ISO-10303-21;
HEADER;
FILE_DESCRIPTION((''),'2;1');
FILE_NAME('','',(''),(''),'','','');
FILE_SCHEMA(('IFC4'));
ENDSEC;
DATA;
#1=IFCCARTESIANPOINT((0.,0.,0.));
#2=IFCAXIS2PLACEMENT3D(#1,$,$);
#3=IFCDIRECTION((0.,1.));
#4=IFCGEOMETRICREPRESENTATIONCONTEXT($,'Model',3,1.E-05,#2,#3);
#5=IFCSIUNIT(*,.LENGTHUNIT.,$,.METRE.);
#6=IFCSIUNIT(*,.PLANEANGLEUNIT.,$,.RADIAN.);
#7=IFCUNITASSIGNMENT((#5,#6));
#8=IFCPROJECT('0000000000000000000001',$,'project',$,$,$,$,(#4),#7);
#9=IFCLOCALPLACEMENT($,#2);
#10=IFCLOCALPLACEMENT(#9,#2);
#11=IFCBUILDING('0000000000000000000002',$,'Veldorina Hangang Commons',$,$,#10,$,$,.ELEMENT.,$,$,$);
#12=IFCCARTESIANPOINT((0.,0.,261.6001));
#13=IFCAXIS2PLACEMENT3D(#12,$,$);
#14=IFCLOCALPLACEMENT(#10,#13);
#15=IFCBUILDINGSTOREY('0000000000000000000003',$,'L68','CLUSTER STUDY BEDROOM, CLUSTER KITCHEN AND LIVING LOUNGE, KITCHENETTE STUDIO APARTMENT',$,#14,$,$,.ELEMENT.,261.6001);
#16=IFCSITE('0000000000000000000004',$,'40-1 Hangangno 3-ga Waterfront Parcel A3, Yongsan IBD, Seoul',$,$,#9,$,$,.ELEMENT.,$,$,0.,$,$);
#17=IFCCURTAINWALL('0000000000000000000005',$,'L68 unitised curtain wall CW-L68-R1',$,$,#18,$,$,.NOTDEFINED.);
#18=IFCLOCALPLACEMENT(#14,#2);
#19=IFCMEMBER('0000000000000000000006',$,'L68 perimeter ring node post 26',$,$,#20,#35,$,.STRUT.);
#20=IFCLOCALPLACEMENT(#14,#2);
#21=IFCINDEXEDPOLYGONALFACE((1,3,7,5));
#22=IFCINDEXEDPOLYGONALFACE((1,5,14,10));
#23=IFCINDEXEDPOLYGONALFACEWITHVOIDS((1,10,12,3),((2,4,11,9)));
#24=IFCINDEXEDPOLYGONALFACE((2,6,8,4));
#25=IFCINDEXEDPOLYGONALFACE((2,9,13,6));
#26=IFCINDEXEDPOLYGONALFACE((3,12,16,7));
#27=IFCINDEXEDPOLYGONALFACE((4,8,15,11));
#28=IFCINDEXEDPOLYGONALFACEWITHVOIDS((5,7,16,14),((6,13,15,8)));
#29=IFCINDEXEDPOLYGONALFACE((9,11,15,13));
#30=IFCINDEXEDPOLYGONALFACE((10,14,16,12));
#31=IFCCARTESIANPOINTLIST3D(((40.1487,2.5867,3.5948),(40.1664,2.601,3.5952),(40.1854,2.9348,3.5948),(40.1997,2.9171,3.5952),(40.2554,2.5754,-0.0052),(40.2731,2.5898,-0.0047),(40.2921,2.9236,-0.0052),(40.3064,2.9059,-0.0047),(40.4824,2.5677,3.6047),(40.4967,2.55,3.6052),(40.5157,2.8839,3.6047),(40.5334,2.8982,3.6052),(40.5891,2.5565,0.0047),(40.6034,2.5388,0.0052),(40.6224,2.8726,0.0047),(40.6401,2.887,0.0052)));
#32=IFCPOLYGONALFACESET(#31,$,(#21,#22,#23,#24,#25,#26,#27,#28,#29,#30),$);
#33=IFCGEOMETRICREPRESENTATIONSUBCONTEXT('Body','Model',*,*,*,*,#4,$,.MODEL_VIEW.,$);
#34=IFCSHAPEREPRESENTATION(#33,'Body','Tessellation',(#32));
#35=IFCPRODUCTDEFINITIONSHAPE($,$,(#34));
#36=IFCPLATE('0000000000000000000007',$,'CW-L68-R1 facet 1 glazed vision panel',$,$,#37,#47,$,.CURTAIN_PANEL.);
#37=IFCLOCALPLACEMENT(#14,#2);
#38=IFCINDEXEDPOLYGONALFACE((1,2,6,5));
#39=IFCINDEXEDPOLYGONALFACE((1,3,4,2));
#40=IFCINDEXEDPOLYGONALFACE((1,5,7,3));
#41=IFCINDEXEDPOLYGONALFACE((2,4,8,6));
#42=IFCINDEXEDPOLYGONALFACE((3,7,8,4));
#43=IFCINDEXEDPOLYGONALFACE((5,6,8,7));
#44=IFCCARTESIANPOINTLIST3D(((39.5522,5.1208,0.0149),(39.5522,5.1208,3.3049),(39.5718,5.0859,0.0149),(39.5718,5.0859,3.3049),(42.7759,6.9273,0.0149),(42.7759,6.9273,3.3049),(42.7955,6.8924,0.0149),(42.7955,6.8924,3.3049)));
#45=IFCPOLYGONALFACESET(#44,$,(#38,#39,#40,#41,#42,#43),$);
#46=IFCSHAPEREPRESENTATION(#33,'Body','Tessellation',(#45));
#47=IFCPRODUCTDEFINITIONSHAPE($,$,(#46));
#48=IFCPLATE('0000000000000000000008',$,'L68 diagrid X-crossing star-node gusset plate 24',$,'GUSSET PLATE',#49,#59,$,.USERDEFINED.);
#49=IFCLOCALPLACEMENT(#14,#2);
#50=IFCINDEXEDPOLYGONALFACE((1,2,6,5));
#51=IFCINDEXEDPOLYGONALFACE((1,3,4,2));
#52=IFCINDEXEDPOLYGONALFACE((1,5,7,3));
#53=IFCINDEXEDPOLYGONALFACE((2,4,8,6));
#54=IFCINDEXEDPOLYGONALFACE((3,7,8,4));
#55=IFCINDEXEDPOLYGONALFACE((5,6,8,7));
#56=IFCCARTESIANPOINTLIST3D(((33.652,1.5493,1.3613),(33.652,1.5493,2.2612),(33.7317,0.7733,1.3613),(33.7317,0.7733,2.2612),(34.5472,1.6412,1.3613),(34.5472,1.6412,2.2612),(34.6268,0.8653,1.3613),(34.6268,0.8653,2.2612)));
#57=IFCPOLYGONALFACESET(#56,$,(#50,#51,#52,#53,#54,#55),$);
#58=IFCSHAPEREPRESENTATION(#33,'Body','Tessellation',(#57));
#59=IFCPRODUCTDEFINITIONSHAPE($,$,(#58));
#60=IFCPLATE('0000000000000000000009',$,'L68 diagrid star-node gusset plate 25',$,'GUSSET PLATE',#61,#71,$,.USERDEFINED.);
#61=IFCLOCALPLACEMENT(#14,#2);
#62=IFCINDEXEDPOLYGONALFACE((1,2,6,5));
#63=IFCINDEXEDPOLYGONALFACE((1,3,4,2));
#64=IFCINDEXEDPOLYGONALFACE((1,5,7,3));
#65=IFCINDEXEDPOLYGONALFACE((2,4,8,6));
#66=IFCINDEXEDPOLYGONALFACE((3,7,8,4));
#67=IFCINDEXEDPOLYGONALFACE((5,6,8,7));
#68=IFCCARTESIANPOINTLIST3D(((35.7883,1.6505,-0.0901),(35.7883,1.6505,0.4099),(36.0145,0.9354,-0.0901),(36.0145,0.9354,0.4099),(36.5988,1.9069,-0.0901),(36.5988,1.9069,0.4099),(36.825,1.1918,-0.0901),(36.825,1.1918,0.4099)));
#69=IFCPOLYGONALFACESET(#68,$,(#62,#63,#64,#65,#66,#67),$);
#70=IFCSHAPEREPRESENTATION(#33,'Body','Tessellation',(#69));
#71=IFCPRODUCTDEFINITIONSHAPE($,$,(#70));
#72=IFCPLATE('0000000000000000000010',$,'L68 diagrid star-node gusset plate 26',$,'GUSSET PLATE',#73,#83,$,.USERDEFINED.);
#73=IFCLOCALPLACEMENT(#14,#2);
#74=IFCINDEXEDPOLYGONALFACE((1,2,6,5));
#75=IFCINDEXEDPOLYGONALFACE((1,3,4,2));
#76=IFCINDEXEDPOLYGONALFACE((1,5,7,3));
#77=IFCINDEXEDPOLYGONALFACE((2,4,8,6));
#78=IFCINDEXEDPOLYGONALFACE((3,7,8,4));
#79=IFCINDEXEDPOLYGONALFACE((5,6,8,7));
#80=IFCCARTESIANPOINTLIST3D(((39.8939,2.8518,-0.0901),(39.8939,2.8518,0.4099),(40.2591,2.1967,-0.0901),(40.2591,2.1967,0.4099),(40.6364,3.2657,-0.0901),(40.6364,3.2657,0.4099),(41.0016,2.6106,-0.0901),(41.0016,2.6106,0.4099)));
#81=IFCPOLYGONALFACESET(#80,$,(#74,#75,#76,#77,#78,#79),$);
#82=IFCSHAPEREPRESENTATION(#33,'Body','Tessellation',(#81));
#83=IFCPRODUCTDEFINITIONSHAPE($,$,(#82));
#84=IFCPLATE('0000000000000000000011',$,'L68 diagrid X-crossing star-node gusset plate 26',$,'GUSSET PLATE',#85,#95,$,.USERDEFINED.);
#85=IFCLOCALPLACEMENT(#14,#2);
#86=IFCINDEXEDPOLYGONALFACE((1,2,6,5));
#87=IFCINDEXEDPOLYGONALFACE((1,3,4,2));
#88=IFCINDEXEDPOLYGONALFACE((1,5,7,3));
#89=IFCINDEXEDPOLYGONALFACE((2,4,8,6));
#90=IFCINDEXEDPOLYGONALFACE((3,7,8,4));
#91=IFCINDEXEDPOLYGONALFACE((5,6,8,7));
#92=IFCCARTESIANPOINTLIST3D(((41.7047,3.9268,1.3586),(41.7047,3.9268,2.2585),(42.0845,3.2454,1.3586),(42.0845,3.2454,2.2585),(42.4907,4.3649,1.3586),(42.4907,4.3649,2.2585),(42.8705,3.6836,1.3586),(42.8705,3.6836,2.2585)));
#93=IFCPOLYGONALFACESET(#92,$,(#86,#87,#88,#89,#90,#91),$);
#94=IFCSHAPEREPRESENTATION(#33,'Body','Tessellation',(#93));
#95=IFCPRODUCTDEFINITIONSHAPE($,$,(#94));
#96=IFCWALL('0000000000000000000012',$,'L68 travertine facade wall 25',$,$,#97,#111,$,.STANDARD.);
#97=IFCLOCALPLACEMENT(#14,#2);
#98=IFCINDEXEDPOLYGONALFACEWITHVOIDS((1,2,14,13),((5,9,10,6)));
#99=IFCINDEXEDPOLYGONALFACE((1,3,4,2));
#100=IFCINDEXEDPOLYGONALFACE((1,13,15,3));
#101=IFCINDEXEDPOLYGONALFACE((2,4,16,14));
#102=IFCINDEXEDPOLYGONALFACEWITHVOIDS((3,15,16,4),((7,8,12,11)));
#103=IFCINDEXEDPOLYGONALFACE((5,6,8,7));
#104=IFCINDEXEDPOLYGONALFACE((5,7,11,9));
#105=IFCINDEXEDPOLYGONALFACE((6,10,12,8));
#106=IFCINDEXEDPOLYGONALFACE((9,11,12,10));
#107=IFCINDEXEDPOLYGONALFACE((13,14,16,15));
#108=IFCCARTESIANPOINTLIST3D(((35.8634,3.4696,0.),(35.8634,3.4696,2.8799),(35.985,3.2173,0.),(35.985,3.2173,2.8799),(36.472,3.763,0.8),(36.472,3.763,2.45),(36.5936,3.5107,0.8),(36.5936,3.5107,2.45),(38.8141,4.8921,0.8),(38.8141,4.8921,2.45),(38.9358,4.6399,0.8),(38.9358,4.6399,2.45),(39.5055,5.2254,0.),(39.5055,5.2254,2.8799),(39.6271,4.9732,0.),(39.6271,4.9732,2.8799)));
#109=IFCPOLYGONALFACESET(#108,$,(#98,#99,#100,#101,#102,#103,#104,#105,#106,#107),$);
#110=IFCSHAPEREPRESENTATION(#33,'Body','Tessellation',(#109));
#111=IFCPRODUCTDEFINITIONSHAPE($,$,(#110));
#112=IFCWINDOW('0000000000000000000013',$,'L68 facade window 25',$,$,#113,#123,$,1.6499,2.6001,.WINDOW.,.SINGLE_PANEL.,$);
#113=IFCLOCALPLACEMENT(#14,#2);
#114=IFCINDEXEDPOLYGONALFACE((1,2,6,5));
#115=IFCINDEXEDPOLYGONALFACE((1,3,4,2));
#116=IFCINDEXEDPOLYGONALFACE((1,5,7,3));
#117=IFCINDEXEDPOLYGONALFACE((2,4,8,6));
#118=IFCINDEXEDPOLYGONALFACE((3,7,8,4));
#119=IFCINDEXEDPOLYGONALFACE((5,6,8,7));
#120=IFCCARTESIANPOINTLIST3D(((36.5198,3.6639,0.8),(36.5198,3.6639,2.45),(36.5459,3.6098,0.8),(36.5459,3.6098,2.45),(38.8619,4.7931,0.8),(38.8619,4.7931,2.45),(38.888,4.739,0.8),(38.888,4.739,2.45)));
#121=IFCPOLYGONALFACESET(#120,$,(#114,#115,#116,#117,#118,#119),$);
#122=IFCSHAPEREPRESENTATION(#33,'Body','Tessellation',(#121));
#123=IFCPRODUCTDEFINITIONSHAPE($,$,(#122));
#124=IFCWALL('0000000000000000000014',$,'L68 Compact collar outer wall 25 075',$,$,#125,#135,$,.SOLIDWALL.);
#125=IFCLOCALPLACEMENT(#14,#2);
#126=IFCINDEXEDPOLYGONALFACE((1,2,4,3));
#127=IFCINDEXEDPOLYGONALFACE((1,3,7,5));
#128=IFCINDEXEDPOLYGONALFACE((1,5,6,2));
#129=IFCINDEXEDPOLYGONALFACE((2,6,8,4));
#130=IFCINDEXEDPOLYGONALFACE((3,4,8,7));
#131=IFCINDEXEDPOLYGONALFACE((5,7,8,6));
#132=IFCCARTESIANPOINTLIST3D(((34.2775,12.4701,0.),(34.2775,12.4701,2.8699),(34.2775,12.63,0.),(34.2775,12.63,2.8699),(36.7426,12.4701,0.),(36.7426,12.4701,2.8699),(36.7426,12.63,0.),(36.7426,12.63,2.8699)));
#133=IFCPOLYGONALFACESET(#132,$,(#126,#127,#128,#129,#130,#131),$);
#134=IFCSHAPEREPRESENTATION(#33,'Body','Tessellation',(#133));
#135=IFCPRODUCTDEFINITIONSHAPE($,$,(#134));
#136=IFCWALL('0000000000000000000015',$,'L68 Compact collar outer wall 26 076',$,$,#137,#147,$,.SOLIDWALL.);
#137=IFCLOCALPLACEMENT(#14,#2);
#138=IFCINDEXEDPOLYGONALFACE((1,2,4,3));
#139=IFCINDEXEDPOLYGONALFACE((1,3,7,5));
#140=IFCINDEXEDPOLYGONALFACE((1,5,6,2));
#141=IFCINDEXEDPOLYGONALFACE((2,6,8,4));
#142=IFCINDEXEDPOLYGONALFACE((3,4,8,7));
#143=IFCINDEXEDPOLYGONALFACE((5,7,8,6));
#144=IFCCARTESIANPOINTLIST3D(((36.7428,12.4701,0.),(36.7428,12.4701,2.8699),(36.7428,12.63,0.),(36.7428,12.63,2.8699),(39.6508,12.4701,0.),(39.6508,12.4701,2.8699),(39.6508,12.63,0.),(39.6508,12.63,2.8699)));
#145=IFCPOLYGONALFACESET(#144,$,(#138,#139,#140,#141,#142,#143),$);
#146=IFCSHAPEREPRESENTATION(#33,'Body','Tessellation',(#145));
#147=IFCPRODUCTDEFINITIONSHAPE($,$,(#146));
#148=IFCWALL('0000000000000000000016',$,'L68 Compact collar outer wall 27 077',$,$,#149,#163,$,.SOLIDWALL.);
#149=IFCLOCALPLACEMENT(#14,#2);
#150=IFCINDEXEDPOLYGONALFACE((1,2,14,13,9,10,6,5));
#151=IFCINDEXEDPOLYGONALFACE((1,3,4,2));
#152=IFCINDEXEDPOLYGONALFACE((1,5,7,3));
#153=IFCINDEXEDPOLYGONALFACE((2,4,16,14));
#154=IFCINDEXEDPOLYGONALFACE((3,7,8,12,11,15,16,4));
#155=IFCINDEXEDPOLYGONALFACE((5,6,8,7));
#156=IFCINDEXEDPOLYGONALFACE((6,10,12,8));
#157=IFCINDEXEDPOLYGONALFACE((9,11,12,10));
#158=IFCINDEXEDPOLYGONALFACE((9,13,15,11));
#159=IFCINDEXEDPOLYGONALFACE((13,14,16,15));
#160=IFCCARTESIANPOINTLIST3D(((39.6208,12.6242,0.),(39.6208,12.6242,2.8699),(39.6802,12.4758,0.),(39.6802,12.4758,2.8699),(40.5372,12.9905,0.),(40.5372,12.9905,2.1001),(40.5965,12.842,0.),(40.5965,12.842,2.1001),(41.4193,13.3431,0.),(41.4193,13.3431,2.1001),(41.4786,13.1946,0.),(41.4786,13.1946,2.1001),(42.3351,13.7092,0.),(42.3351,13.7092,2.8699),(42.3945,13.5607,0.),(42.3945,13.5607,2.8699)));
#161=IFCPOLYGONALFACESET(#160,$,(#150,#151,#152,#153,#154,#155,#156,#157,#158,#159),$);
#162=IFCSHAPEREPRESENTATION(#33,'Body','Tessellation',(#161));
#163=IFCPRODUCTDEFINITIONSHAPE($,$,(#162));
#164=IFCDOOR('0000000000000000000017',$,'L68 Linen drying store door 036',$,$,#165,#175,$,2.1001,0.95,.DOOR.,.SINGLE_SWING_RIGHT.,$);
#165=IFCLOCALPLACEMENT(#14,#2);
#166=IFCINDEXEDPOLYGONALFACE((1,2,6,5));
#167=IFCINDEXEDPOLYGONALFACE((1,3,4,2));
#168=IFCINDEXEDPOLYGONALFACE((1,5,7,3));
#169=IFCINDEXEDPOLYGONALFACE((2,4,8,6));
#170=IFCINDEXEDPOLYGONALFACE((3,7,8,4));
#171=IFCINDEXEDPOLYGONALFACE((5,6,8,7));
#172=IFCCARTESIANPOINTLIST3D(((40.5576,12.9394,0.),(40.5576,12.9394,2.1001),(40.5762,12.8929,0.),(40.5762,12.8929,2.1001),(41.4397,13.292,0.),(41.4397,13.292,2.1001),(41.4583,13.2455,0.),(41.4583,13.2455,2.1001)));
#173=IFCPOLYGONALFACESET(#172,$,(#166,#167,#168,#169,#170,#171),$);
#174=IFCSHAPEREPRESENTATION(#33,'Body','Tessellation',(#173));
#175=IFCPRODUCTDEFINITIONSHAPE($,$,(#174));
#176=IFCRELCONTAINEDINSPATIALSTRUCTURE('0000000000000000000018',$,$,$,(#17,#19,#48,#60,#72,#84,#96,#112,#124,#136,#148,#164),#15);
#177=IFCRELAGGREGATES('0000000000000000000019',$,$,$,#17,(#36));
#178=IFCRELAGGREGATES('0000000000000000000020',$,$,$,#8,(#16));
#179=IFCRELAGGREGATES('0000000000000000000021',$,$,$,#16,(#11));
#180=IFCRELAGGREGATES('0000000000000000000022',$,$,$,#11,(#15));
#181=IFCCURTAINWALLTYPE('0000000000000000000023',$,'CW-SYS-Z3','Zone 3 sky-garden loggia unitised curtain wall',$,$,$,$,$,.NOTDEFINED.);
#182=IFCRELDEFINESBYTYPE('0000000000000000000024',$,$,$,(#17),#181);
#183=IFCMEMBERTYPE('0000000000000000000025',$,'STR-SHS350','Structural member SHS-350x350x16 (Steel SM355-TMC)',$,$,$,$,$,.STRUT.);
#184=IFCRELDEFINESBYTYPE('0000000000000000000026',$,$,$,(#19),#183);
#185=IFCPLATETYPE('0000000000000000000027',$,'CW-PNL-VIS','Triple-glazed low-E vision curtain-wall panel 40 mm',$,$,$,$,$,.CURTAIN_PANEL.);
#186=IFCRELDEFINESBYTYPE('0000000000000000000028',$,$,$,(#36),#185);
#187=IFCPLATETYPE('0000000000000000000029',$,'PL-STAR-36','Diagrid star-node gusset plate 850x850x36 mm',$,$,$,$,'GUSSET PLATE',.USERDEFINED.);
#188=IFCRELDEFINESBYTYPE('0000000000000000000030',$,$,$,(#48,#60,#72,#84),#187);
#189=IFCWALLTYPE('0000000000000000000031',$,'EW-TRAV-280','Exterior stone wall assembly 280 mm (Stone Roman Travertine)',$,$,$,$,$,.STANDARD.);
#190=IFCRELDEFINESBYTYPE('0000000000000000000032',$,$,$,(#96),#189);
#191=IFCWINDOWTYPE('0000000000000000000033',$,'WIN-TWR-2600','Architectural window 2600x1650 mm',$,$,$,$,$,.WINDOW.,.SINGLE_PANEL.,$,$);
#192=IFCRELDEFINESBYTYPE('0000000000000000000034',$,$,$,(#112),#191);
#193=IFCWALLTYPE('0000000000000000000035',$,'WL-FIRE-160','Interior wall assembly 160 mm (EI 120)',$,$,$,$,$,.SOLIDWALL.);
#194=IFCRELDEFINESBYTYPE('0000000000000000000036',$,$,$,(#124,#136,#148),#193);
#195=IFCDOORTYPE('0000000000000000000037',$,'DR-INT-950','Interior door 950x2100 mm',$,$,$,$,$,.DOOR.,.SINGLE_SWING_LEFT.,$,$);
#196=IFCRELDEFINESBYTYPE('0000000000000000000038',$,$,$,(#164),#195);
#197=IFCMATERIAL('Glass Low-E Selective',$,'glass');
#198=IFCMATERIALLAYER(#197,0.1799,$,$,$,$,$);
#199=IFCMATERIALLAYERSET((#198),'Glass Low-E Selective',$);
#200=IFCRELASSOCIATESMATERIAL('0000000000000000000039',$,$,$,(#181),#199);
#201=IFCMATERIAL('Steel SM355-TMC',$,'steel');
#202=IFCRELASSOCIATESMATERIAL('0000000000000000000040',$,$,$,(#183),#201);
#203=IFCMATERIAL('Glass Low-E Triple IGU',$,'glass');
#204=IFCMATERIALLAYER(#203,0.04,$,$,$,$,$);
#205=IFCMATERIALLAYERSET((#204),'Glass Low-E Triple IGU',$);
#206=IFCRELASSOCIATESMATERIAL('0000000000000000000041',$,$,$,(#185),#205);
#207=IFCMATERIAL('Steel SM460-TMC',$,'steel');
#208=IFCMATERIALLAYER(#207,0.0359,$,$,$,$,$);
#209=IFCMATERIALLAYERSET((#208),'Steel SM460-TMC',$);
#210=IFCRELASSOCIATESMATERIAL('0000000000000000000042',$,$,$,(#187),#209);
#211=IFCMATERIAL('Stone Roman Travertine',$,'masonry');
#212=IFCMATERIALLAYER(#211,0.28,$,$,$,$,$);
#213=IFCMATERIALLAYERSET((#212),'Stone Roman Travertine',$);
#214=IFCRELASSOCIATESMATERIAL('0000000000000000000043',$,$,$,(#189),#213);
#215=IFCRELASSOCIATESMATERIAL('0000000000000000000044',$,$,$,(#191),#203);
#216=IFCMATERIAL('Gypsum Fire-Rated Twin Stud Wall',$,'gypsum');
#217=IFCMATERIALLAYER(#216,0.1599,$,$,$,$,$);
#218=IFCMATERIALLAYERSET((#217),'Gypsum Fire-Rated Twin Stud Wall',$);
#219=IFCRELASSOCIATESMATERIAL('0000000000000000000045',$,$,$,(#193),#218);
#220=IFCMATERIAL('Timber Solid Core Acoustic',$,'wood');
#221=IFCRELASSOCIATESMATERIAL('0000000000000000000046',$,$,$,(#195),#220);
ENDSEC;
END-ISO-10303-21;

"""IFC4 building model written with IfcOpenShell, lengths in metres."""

from ifc_helpers import new_model, si_unit, direction, frame, frame_2d, origin, origin_2d, place, context, subcontext, project, spatial, rectangle, hollow_rectangle, extrude, material, layer, layer_set, material_profile, profile_set, type_object, element, fill, aggregate, save


model = new_model("IFC4")

# Units and contexts
model_context = context("Model", 3, precision=1e-05, world=origin(), true_north=direction((0.0, 1.0)))
body_context = subcontext(model_context, "Body", "Model", "MODEL_VIEW")
ifc_project = project(units=[si_unit("LENGTHUNIT", "METRE"), si_unit("PLANEANGLEUNIT", "RADIAN")], contexts=[model_context])

# Site, building, storey
site_placement = place(None, origin())
site = spatial("IfcSite", under=ifc_project, at=site_placement, Name="40-1 Hangangno 3-ga Waterfront Parcel A3, Yongsan IBD, Seoul", CompositionType="ELEMENT", RefElevation=0.0)
building_placement = place(site_placement, origin())
building = spatial("IfcBuilding", under=site, at=building_placement, Name="Veldorina Hangang Commons", CompositionType="ELEMENT")
storey_placement = place(building_placement, frame((0.0, 0.0, 261.6001)))
storey = spatial("IfcBuildingStorey", under=building, at=storey_placement, Name="L68", Description="CLUSTER STUDY BEDROOM, CLUSTER KITCHEN AND LIVING LOUNGE, KITCHENETTE STUDIO APARTMENT", CompositionType="ELEMENT", Elevation=261.6001)

# Shared definitions
ifc_material_1 = material(Name="Steel SM355-TMC", Category="steel")

# Curtain wall
ifc_material_2 = material(Name="Glass Low-E Selective", Category="glass")
ifc_layer_1 = layer(ifc_material_2, 0.1799)
ifc_layer_set_1 = layer_set([ifc_layer_1], Name="Glass Low-E Selective")
curtain_wall_type = type_object("IfcCurtainWallType", Name="CW-SYS-Z3", Description="Zone 3 sky-garden loggia unitised curtain wall", PredefinedType="NOTDEFINED", material=ifc_layer_set_1)
curtain_wall_placement = place(storey_placement, origin())
curtain_wall = element("IfcCurtainWall", 1, at=curtain_wall_placement, inside=storey, type_object=curtain_wall_type, Name="L68 unitised curtain wall CW-L68-R1", PredefinedType="NOTDEFINED")

# Member
ifc_material_profile_1 = material_profile(ifc_material_1, hollow_rectangle(XDim=0.3501, YDim=0.3501, WallThickness=0.0161, at=origin_2d()), Name="SHS-350x350x16")
ifc_profile_set_1 = profile_set([ifc_material_profile_1], Name="Steel SM355-TMC")
member_type_1 = type_object("IfcMemberType", Name="STR-SHS350", Description="Structural member SHS-350x350x16 (Steel SM355-TMC)", PredefinedType="STRUT", material=ifc_profile_set_1)
member_1_placement = place(storey_placement, frame((40.4478, 2.7312, 0.0), z_axis=(-0.029624, 0.003118, 0.999556), x_axis=(-0.104685, -0.994505, 0.0)))
element("IfcMember", 2, at=member_1_placement, inside=storey, type_object=member_type_1, Name="L68 perimeter ring node post 26", PredefinedType="STRUT", context=body_context, shape_type="SweptSolid", body=[
    extrude(hollow_rectangle(XDim=0.3501, YDim=0.3501, WallThickness=0.0161, at=origin_2d()), origin(), (0.0, 0.0, 1.0), 3.6016),
])

# Plate
ifc_material_3 = material(Name="Glass Low-E Triple IGU", Category="glass")
ifc_layer_2 = layer(ifc_material_3, 0.04)
ifc_layer_set_2 = layer_set([ifc_layer_2], Name="Glass Low-E Triple IGU")
plate_type_1 = type_object("IfcPlateType", Name="CW-PNL-VIS", Description="Triple-glazed low-E vision curtain-wall panel 40 mm", PredefinedType="CURTAIN_PANEL", material=ifc_layer_set_2)
plate_1_placement = place(storey_placement, frame((41.1738, 6.0066, 0.0149), z_axis=(0.0, 0.0, 1.0), x_axis=(0.872368, 0.48885, 0.0)))
plate_1 = element("IfcPlate", 3, at=plate_1_placement, type_object=plate_type_1, Name="CW-L68-R1 facet 1 glazed vision panel", PredefinedType="CURTAIN_PANEL", context=body_context, shape_type="SweptSolid", body=[
    extrude(rectangle(XDim=3.6953, YDim=0.04, at=origin_2d()), origin(), (0.0, 0.0, 1.0), 3.29),
])
aggregate(curtain_wall, [plate_1])

# Plates
ifc_material_4 = material(Name="Steel SM460-TMC", Category="steel")
ifc_layer_3 = layer(ifc_material_4, 0.0359)
ifc_layer_set_3 = layer_set([ifc_layer_3], Name="Steel SM460-TMC")
plate_type_2 = type_object("IfcPlateType", Name="PL-STAR-36", Description="Diagrid star-node gusset plate 850x850x36 mm", ElementType="GUSSET PLATE", PredefinedType="USERDEFINED", material=ifc_layer_set_3)
plate_2_placement = place(storey_placement, frame((34.1394, 1.2073, 1.3613), z_axis=(0.0, 0.0, 1.0), x_axis=(0.994767, 0.102168, 0.0)))
element("IfcPlate", 4, at=plate_2_placement, inside=storey, type_object=plate_type_2, Name="L68 diagrid X-crossing star-node gusset plate 24", ObjectType="GUSSET PLATE", PredefinedType="USERDEFINED", context=body_context, shape_type="SweptSolid", body=[
    extrude(rectangle(XDim=0.8999, YDim=0.78, at=origin_2d()), origin(), (0.0, 0.0, 1.0), 0.8999),
])
for number, where, z_axis, x_axis, name in (
    (5, (36.3066, 1.4211, -0.0901), (0.0, 0.0, 1.0), (0.953428, 0.301621, 0.0), "L68 diagrid star-node gusset plate 25"),
    (6, (40.4478, 2.7312, -0.0901), (0.0, 0.0, 1.0), (0.873466, 0.486884, 0.0), "L68 diagrid star-node gusset plate 26"),
):
    element("IfcPlate", number, at=place(storey_placement, frame(where, z_axis=z_axis, x_axis=x_axis)), inside=storey, type_object=plate_type_2, Name=name, ObjectType="GUSSET PLATE", PredefinedType="USERDEFINED", context=body_context, shape_type="SweptSolid", body=[
        extrude(rectangle(XDim=0.8501, YDim=0.75, at=origin_2d()), origin(), (0.0, 0.0, 1.0), 0.5),
    ])
plate_3_placement = place(storey_placement, frame((42.2876, 3.8052, 1.3586), z_axis=(0.0, 0.0, 1.0), x_axis=(0.873466, 0.486884, 0.0)))
element("IfcPlate", 7, at=plate_3_placement, inside=storey, type_object=plate_type_2, Name="L68 diagrid X-crossing star-node gusset plate 26", ObjectType="GUSSET PLATE", PredefinedType="USERDEFINED", context=body_context, shape_type="SweptSolid", body=[
    extrude(rectangle(XDim=0.8999, YDim=0.78, at=origin_2d()), origin(), (0.0, 0.0, 1.0), 0.8999),
])

# Wall, opening, window
ifc_material_5 = material(Name="Stone Roman Travertine", Category="masonry")
ifc_layer_4 = layer(ifc_material_5, 0.28)
ifc_layer_set_4 = layer_set([ifc_layer_4], Name="Stone Roman Travertine")
wall_type_1 = type_object("IfcWallType", Name="EW-TRAV-280", Description="Exterior stone wall assembly 280 mm (Stone Roman Travertine)", PredefinedType="STANDARD", material=ifc_layer_set_4)
wall_1_placement = place(storey_placement, frame((35.9243, 3.3435, 0.0), z_axis=(0.0, 0.0, 1.0), x_axis=(0.900783, 0.434269, 0.0)))
wall_1 = element("IfcWall", 8, at=wall_1_placement, inside=storey, type_object=wall_type_1, Name="L68 travertine facade wall 25", PredefinedType="STANDARD", context=body_context, shape_type="SweptSolid", body=[
    extrude(rectangle(XDim=4.0432, YDim=0.28, at=frame_2d((2.0215, 0.0))), origin(), (0.0, 0.0, 1.0), 2.8799),
])
opening_1_placement = place(wall_1_placement, frame((0.6755, 0.0, 0.8)))
opening_1 = element("IfcOpeningElement", 9, at=opening_1_placement, cuts=wall_1, PredefinedType="OPENING", context=body_context, shape_type="SweptSolid", body=[
    extrude(rectangle(XDim=2.6001, YDim=1.6499, at=frame_2d((1.3, 0.825))), frame((0.0, 0.1499, 0.0), z_axis=(0.0, -1.0, 0.0), x_axis=(1.0, 0.0, 0.0)), (0.0, 0.0, 1.0), 0.3),
])
window_type = type_object("IfcWindowType", Name="WIN-TWR-2600", Description="Architectural window 2600x1650 mm", PartitioningType="SINGLE_PANEL", PredefinedType="WINDOW", material=ifc_material_3)
window_placement = place(opening_1_placement, origin())
window = element("IfcWindow", 10, at=window_placement, inside=storey, type_object=window_type, Name="L68 facade window 25", OverallHeight=1.6499, OverallWidth=2.6001, PartitioningType="SINGLE_PANEL", PredefinedType="WINDOW", context=body_context, shape_type="SweptSolid", body=[
    extrude(rectangle(XDim=2.6001, YDim=1.6499, at=frame_2d((1.3, 0.825))), frame((0.0, 0.03, 0.0), z_axis=(0.0, -1.0, 0.0), x_axis=(1.0, 0.0, 0.0)), (0.0, 0.0, 1.0), 0.0601),
])
fill(opening_1, window)

# Walls
ifc_material_6 = material(Name="Gypsum Fire-Rated Twin Stud Wall", Category="gypsum")
ifc_layer_5 = layer(ifc_material_6, 0.1599)
ifc_layer_set_5 = layer_set([ifc_layer_5], Name="Gypsum Fire-Rated Twin Stud Wall")
wall_type_2 = type_object("IfcWallType", Name="WL-FIRE-160", Description="Interior wall assembly 160 mm (EI 120)", PredefinedType="SOLIDWALL", material=ifc_layer_set_5)
wall_2_placement = place(storey_placement, frame((34.2776, 12.55, 0.0), z_axis=(0.0, 0.0, 1.0), x_axis=(1.0, 0.0, 0.0)))
element("IfcWall", 11, at=wall_2_placement, inside=storey, type_object=wall_type_2, Name="L68 Compact collar outer wall 25 075", PredefinedType="SOLIDWALL", context=body_context, shape_type="SweptSolid", body=[
    extrude(rectangle(XDim=2.4651, YDim=0.1599, at=frame_2d((1.2324, 0.0))), origin(), (0.0, 0.0, 1.0), 2.8699),
])
wall_3_placement = place(storey_placement, frame((36.7427, 12.55, 0.0), z_axis=(0.0, 0.0, 1.0), x_axis=(1.0, 0.0, 0.0)))
element("IfcWall", 12, at=wall_3_placement, inside=storey, type_object=wall_type_2, Name="L68 Compact collar outer wall 26 076", PredefinedType="SOLIDWALL", context=body_context, shape_type="SweptSolid", body=[
    extrude(rectangle(XDim=2.908, YDim=0.1599, at=frame_2d((1.4541, 0.0))), origin(), (0.0, 0.0, 1.0), 2.8699),
])

# Wall, opening, door
wall_4_placement = place(storey_placement, frame((39.6506, 12.55, 0.0), z_axis=(0.0, 0.0, 1.0), x_axis=(0.928569, 0.37116, 0.0)))
wall_4 = element("IfcWall", 13, at=wall_4_placement, inside=storey, type_object=wall_type_2, Name="L68 Compact collar outer wall 27 077", PredefinedType="SOLIDWALL", context=body_context, shape_type="SweptSolid", body=[
    extrude(rectangle(XDim=2.9231, YDim=0.1599, at=frame_2d((1.4614, 0.0))), origin(), (0.0, 0.0, 1.0), 2.8699),
])
opening_2_placement = place(wall_4_placement, frame((0.9866, 0.0, 0.0)))
opening_2 = element("IfcOpeningElement", 14, at=opening_2_placement, cuts=wall_4, PredefinedType="OPENING", context=body_context, shape_type="SweptSolid", body=[
    extrude(rectangle(XDim=0.95, YDim=2.1001, at=frame_2d((0.4751, 1.05))), frame((0.0, 0.0898, 0.0), z_axis=(0.0, -1.0, 0.0), x_axis=(1.0, 0.0, 0.0)), (0.0, 0.0, 1.0), 0.1799),
])
ifc_material_7 = material(Name="Timber Solid Core Acoustic", Category="wood")
door_type = type_object("IfcDoorType", Name="DR-INT-950", Description="Interior door 950x2100 mm", OperationType="SINGLE_SWING_LEFT", PredefinedType="DOOR", material=ifc_material_7)
door_1_placement = place(opening_2_placement, origin())
door_1 = element("IfcDoor", 15, at=door_1_placement, inside=storey, type_object=door_type, Name="L68 Linen drying store door 036", OperationType="SINGLE_SWING_RIGHT", OverallHeight=2.1001, OverallWidth=0.95, PredefinedType="DOOR", context=body_context, shape_type="SweptSolid", body=[
    extrude(rectangle(XDim=0.95, YDim=2.1001, at=frame_2d((0.4751, 1.05))), frame((0.0, 0.0249, 0.0), z_axis=(0.0, -1.0, 0.0), x_axis=(1.0, 0.0, 0.0)), (0.0, 0.0, 1.0), 0.05),
])
fill(opening_2, door_1)

save(model, "model.ifc")
